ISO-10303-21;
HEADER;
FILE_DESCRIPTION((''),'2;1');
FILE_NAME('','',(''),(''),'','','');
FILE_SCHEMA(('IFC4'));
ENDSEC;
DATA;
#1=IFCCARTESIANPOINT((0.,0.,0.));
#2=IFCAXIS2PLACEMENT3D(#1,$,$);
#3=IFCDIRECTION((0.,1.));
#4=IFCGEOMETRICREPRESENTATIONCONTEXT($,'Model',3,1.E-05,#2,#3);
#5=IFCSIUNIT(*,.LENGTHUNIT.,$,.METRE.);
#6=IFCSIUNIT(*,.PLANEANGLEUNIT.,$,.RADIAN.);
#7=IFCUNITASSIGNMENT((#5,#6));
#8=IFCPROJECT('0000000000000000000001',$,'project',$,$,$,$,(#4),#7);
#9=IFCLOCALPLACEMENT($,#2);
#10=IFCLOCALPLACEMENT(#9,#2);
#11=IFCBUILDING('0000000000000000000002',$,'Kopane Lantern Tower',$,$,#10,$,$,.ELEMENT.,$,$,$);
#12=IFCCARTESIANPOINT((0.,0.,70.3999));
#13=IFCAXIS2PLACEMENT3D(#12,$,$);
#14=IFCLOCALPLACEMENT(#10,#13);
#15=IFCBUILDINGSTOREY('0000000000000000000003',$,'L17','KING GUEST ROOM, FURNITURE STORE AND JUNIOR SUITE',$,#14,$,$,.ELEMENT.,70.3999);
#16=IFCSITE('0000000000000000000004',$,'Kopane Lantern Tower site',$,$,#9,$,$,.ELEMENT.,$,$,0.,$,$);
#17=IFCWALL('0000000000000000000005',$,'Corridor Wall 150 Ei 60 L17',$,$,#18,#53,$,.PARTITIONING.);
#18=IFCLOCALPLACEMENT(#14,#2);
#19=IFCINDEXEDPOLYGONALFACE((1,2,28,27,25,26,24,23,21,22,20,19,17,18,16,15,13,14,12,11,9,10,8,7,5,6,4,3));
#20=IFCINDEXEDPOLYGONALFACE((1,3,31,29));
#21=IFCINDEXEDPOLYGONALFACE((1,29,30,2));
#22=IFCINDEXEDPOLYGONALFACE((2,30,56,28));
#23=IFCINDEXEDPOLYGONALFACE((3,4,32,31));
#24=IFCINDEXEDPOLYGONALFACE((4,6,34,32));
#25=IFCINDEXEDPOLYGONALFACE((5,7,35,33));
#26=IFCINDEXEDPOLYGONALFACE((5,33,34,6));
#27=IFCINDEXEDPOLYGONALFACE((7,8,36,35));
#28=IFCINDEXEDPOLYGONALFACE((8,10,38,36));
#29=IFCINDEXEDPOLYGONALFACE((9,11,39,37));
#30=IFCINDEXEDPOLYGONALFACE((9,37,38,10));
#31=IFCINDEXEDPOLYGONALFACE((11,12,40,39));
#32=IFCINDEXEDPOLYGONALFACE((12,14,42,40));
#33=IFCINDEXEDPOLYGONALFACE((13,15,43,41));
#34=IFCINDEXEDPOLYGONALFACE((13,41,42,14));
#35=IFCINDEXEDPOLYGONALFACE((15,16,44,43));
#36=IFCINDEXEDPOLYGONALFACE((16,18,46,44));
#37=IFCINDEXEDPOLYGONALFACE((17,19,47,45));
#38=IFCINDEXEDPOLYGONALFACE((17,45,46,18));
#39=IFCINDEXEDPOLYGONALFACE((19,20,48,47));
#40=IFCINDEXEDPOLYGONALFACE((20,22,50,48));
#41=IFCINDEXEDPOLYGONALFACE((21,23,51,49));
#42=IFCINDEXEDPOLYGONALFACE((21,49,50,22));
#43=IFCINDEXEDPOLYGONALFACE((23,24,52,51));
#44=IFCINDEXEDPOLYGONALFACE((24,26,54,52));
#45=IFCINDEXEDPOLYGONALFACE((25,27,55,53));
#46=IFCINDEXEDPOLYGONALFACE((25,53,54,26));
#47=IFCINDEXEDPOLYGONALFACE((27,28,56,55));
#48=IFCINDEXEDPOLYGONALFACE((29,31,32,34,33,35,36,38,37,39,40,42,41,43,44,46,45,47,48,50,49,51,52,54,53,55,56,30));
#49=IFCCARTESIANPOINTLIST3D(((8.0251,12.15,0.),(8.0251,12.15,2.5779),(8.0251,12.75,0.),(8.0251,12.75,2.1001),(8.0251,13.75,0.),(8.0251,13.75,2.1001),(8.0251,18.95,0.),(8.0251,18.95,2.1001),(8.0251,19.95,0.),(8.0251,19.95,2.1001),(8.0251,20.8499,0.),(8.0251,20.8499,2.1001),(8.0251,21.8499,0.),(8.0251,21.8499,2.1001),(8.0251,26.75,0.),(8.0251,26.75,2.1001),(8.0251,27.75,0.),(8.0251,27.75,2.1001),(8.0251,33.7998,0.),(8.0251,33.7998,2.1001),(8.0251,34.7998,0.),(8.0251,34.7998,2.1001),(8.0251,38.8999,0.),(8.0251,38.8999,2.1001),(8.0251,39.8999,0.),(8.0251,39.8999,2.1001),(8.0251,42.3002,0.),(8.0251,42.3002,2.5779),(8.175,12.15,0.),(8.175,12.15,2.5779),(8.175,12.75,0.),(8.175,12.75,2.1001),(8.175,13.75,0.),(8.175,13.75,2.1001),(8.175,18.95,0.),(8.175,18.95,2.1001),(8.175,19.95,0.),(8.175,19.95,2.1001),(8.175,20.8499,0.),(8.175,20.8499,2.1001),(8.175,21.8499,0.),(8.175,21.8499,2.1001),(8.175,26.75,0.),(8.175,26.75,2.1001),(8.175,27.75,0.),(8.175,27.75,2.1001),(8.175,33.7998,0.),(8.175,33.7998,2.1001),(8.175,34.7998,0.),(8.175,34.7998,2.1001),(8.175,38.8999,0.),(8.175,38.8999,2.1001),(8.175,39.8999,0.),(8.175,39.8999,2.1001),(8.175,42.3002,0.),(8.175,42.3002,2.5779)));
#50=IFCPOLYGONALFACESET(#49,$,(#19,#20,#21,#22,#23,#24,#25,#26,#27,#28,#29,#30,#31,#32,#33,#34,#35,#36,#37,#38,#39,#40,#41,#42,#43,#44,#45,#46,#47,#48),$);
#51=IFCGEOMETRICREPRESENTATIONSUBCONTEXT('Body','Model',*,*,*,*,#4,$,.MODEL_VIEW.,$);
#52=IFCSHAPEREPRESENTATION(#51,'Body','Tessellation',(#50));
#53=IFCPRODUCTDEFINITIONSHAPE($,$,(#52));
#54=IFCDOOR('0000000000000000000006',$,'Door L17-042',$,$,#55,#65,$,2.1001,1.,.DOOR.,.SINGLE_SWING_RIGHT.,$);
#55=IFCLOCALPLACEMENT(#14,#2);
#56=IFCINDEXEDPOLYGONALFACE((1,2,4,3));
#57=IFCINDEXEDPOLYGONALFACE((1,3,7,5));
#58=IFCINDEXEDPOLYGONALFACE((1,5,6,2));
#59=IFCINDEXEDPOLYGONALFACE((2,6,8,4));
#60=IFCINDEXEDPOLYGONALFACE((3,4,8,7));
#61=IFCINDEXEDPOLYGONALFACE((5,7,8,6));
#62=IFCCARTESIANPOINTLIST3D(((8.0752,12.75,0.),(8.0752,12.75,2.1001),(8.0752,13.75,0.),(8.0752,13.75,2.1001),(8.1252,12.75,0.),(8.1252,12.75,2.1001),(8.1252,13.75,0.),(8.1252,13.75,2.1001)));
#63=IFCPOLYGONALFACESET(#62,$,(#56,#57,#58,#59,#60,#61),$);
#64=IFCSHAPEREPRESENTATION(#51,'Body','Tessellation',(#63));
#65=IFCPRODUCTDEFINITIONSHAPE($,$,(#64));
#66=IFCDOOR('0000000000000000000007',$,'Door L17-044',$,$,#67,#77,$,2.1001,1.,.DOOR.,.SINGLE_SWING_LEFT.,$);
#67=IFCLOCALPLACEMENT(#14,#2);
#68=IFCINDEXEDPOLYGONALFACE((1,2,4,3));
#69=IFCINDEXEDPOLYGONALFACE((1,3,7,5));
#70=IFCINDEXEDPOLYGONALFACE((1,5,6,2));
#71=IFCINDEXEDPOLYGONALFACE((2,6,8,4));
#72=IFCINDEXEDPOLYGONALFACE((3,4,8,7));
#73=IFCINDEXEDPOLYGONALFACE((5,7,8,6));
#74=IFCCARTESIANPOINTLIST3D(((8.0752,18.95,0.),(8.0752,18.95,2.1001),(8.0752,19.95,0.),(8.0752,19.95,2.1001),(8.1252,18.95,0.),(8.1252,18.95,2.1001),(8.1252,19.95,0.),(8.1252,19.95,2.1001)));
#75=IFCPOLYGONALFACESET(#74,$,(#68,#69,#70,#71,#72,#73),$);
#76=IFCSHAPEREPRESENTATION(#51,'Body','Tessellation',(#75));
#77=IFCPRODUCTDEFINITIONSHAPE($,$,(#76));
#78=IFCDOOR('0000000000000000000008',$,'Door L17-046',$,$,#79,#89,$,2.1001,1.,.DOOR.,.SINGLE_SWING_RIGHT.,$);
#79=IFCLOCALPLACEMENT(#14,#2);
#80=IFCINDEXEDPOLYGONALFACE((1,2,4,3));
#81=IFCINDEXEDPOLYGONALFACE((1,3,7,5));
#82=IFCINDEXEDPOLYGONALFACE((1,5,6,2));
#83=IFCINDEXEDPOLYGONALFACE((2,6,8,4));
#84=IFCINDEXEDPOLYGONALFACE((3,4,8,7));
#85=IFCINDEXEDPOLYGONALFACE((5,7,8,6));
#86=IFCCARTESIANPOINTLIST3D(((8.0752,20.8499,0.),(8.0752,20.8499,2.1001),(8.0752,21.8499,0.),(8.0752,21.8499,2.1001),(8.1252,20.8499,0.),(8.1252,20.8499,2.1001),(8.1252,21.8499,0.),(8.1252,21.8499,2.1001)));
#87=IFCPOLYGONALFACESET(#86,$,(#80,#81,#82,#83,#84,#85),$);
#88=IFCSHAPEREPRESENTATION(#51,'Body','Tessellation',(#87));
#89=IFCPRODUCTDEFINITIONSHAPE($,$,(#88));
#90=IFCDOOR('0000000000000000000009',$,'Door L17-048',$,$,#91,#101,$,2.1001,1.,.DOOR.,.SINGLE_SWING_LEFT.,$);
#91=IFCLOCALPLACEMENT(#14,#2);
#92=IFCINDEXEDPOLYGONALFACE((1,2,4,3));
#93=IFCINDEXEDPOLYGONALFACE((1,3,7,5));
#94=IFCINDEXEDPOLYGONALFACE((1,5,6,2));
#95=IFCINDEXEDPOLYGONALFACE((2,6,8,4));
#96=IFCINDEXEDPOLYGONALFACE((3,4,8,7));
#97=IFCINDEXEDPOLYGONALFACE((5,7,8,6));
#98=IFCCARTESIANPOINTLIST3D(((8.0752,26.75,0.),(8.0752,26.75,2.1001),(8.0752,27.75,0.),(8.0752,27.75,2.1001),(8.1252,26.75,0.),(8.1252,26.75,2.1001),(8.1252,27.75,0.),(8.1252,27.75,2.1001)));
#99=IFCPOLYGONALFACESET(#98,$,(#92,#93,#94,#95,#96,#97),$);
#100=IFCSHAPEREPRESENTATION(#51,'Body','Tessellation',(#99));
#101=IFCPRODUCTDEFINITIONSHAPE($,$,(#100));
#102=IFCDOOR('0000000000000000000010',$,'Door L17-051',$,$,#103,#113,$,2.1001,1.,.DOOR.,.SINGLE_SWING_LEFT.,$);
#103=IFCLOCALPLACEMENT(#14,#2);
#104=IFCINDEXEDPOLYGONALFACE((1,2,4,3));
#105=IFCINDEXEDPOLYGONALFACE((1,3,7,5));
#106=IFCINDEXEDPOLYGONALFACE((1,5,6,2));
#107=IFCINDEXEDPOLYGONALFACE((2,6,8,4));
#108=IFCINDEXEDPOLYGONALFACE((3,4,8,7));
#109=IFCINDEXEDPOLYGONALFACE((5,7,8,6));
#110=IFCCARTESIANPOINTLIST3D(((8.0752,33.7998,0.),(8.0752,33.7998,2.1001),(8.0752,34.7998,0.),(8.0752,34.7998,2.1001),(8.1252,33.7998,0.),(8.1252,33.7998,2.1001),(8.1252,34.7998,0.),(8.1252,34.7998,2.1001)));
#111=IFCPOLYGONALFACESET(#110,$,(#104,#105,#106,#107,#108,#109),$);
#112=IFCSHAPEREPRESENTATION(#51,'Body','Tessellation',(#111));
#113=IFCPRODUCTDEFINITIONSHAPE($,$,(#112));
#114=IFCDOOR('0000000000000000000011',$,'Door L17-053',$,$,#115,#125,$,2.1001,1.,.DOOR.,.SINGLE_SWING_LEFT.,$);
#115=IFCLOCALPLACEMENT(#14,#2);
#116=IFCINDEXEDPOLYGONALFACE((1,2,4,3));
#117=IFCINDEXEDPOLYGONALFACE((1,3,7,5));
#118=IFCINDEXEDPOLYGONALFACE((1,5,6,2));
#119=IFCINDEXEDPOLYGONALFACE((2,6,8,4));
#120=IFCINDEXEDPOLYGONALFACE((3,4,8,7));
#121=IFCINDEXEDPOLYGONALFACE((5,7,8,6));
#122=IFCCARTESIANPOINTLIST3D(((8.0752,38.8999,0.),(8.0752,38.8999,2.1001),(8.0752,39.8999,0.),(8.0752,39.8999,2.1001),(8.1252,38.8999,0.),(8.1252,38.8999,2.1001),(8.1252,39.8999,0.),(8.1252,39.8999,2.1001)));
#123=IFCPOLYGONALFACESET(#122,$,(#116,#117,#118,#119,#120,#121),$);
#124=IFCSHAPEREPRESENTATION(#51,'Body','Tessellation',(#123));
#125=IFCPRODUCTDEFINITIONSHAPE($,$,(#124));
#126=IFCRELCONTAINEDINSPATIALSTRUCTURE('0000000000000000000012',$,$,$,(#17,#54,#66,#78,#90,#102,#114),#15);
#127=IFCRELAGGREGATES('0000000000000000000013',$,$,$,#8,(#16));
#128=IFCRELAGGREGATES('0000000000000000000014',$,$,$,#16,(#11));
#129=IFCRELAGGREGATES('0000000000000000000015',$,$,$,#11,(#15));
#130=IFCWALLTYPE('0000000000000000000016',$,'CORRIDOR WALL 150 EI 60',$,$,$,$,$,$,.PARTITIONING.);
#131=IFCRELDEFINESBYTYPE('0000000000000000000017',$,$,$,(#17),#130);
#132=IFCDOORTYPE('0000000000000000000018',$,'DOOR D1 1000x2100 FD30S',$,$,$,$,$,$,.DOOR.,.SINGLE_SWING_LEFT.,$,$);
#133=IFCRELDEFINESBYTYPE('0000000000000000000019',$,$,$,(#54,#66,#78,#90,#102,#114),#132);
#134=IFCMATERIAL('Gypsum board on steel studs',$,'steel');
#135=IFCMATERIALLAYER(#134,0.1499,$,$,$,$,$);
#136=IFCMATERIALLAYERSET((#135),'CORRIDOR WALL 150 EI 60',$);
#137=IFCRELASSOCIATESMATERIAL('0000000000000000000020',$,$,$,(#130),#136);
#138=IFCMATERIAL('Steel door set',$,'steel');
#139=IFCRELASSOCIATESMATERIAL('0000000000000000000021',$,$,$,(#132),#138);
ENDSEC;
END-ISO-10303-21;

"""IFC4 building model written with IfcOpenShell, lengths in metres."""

from ifc_helpers import new_model, si_unit, direction, frame, frame_2d, origin, place, context, subcontext, project, spatial, rectangle, extrude, material, layer, layer_set, type_object, element, fill, save


model = new_model("IFC4")

# Units and contexts
model_context = context("Model", 3, precision=1e-05, world=origin(), true_north=direction((0.0, 1.0)))
body_context = subcontext(model_context, "Body", "Model", "MODEL_VIEW")
ifc_project = project(units=[si_unit("LENGTHUNIT", "METRE"), si_unit("PLANEANGLEUNIT", "RADIAN")], contexts=[model_context])

# Site, building, storey
site_placement = place(None, origin())
site = spatial("IfcSite", under=ifc_project, at=site_placement, Name="Kopane Lantern Tower site", CompositionType="ELEMENT", RefElevation=0.0)
building_placement = place(site_placement, origin())
building = spatial("IfcBuilding", under=site, at=building_placement, Name="Kopane Lantern Tower", CompositionType="ELEMENT")
storey_placement = place(building_placement, frame((0.0, 0.0, 70.3999)))
storey = spatial("IfcBuildingStorey", under=building, at=storey_placement, Name="L17", Description="KING GUEST ROOM, FURNITURE STORE AND JUNIOR SUITE", CompositionType="ELEMENT", Elevation=70.3999)

# Wall, openings, doors
ifc_material_1 = material(Name="Gypsum board on steel studs", Category="steel")
ifc_layer_1 = layer(ifc_material_1, 0.1499)
ifc_layer_set_1 = layer_set([ifc_layer_1], Name="CORRIDOR WALL 150 EI 60")
wall_type_1 = type_object("IfcWallType", Name="CORRIDOR WALL 150 EI 60", PredefinedType="PARTITIONING", material=ifc_layer_set_1)
ifc_material_2 = material(Name="Steel door set", Category="steel")
door_type_1 = type_object("IfcDoorType", Name="DOOR D1 1000x2100 FD30S", OperationType="SINGLE_SWING_LEFT", PredefinedType="DOOR", material=ifc_material_2)
wall_1_placement = place(storey_placement, frame((8.1001, 12.1499, 0.0), z_axis=(0.0, 0.0, 1.0), x_axis=(0.0, 1.0, 0.0)))
wall_1 = element("IfcWall", 1, at=wall_1_placement, inside=storey, type_object=wall_type_1, Name="Corridor Wall 150 Ei 60 L17", PredefinedType="PARTITIONING", context=body_context, shape_type="SweptSolid", body=[
    extrude(rectangle(XDim=30.1501, YDim=0.1499, at=frame_2d((15.0752, 0.0))), origin(), (0.0, 0.0, 1.0), 2.5779),
])
opening_1_placement = place(wall_1_placement, frame((0.6001, 0.0, 0.0)))
opening_1 = element("IfcOpeningElement", 2, at=opening_1_placement, cuts=wall_1, PredefinedType="OPENING", context=body_context, shape_type="SweptSolid", body=[
    extrude(rectangle(XDim=1.0, YDim=2.1001, at=frame_2d((0.5, 1.05))), frame((0.0, 0.085, 0.0), z_axis=(0.0, -1.0, 0.0), x_axis=(1.0, 0.0, 0.0)), (0.0, 0.0, 1.0), 0.1699),
])
opening_2_placement = place(wall_1_placement, frame((6.8, 0.0, 0.0)))
opening_2 = element("IfcOpeningElement", 3, at=opening_2_placement, cuts=wall_1, PredefinedType="OPENING", context=body_context, shape_type="SweptSolid", body=[
    extrude(rectangle(XDim=1.0, YDim=2.1001, at=frame_2d((0.5, 1.05))), frame((0.0, 0.085, 0.0), z_axis=(0.0, -1.0, 0.0), x_axis=(1.0, 0.0, 0.0)), (0.0, 0.0, 1.0), 0.1699),
])
opening_3_placement = place(wall_1_placement, frame((8.7, 0.0, 0.0)))
opening_3 = element("IfcOpeningElement", 4, at=opening_3_placement, cuts=wall_1, PredefinedType="OPENING", context=body_context, shape_type="SweptSolid", body=[
    extrude(rectangle(XDim=1.0, YDim=2.1001, at=frame_2d((0.5, 1.05))), frame((0.0, 0.085, 0.0), z_axis=(0.0, -1.0, 0.0), x_axis=(1.0, 0.0, 0.0)), (0.0, 0.0, 1.0), 0.1699),
])
opening_4_placement = place(wall_1_placement, frame((14.6001, 0.0, 0.0)))
opening_4 = element("IfcOpeningElement", 5, at=opening_4_placement, cuts=wall_1, PredefinedType="OPENING", context=body_context, shape_type="SweptSolid", body=[
    extrude(rectangle(XDim=1.0, YDim=2.1001, at=frame_2d((0.5, 1.05))), frame((0.0, 0.085, 0.0), z_axis=(0.0, -1.0, 0.0), x_axis=(1.0, 0.0, 0.0)), (0.0, 0.0, 1.0), 0.1699),
])
opening_5_placement = place(wall_1_placement, frame((21.6499, 0.0, 0.0)))
opening_5 = element("IfcOpeningElement", 6, at=opening_5_placement, cuts=wall_1, PredefinedType="OPENING", context=body_context, shape_type="SweptSolid", body=[
    extrude(rectangle(XDim=1.0, YDim=2.1001, at=frame_2d((0.5, 1.05))), frame((0.0, 0.085, 0.0), z_axis=(0.0, -1.0, 0.0), x_axis=(1.0, 0.0, 0.0)), (0.0, 0.0, 1.0), 0.1699),
])
opening_6_placement = place(wall_1_placement, frame((26.75, 0.0, 0.0)))
opening_6 = element("IfcOpeningElement", 7, at=opening_6_placement, cuts=wall_1, PredefinedType="OPENING", context=body_context, shape_type="SweptSolid", body=[
    extrude(rectangle(XDim=1.0, YDim=2.1001, at=frame_2d((0.5, 1.05))), frame((0.0, 0.085, 0.0), z_axis=(0.0, -1.0, 0.0), x_axis=(1.0, 0.0, 0.0)), (0.0, 0.0, 1.0), 0.1699),
])
door_1_placement = place(opening_1_placement, origin())
door_1 = element("IfcDoor", 8, at=door_1_placement, inside=storey, type_object=door_type_1, Name="Door L17-042", OperationType="SINGLE_SWING_RIGHT", OverallHeight=2.1001, OverallWidth=1.0, PredefinedType="DOOR", context=body_context, shape_type="SweptSolid", body=[
    extrude(rectangle(XDim=1.0, YDim=2.1001, at=frame_2d((0.5, 1.05))), frame((0.0, 0.0249, 0.0), z_axis=(0.0, -1.0, 0.0), x_axis=(1.0, 0.0, 0.0)), (0.0, 0.0, 1.0), 0.05),
])
fill(opening_1, door_1)
door_2_placement = place(opening_2_placement, origin())
door_2 = element("IfcDoor", 9, at=door_2_placement, inside=storey, type_object=door_type_1, Name="Door L17-044", OperationType="SINGLE_SWING_LEFT", OverallHeight=2.1001, OverallWidth=1.0, PredefinedType="DOOR", context=body_context, shape_type="SweptSolid", body=[
    extrude(rectangle(XDim=1.0, YDim=2.1001, at=frame_2d((0.5, 1.05))), frame((0.0, 0.0249, 0.0), z_axis=(0.0, -1.0, 0.0), x_axis=(1.0, 0.0, 0.0)), (0.0, 0.0, 1.0), 0.05),
])
fill(opening_2, door_2)
door_3_placement = place(opening_3_placement, origin())
door_3 = element("IfcDoor", 10, at=door_3_placement, inside=storey, type_object=door_type_1, Name="Door L17-046", OperationType="SINGLE_SWING_RIGHT", OverallHeight=2.1001, OverallWidth=1.0, PredefinedType="DOOR", context=body_context, shape_type="SweptSolid", body=[
    extrude(rectangle(XDim=1.0, YDim=2.1001, at=frame_2d((0.5, 1.05))), frame((0.0, 0.0249, 0.0), z_axis=(0.0, -1.0, 0.0), x_axis=(1.0, 0.0, 0.0)), (0.0, 0.0, 1.0), 0.05),
])
fill(opening_3, door_3)
door_4_placement = place(opening_4_placement, origin())
door_4 = element("IfcDoor", 11, at=door_4_placement, inside=storey, type_object=door_type_1, Name="Door L17-048", OperationType="SINGLE_SWING_LEFT", OverallHeight=2.1001, OverallWidth=1.0, PredefinedType="DOOR", context=body_context, shape_type="SweptSolid", body=[
    extrude(rectangle(XDim=1.0, YDim=2.1001, at=frame_2d((0.5, 1.05))), frame((0.0, 0.0249, 0.0), z_axis=(0.0, -1.0, 0.0), x_axis=(1.0, 0.0, 0.0)), (0.0, 0.0, 1.0), 0.05),
])
fill(opening_4, door_4)
door_5_placement = place(opening_5_placement, origin())
door_5 = element("IfcDoor", 12, at=door_5_placement, inside=storey, type_object=door_type_1, Name="Door L17-051", OperationType="SINGLE_SWING_LEFT", OverallHeight=2.1001, OverallWidth=1.0, PredefinedType="DOOR", context=body_context, shape_type="SweptSolid", body=[
    extrude(rectangle(XDim=1.0, YDim=2.1001, at=frame_2d((0.5, 1.05))), frame((0.0, 0.0249, 0.0), z_axis=(0.0, -1.0, 0.0), x_axis=(1.0, 0.0, 0.0)), (0.0, 0.0, 1.0), 0.05),
])
fill(opening_5, door_5)
door_6_placement = place(opening_6_placement, origin())
door_6 = element("IfcDoor", 13, at=door_6_placement, inside=storey, type_object=door_type_1, Name="Door L17-053", OperationType="SINGLE_SWING_LEFT", OverallHeight=2.1001, OverallWidth=1.0, PredefinedType="DOOR", context=body_context, shape_type="SweptSolid", body=[
    extrude(rectangle(XDim=1.0, YDim=2.1001, at=frame_2d((0.5, 1.05))), frame((0.0, 0.0249, 0.0), z_axis=(0.0, -1.0, 0.0), x_axis=(1.0, 0.0, 0.0)), (0.0, 0.0, 1.0), 0.05),
])
fill(opening_6, door_6)

save(model, "model.ifc")
